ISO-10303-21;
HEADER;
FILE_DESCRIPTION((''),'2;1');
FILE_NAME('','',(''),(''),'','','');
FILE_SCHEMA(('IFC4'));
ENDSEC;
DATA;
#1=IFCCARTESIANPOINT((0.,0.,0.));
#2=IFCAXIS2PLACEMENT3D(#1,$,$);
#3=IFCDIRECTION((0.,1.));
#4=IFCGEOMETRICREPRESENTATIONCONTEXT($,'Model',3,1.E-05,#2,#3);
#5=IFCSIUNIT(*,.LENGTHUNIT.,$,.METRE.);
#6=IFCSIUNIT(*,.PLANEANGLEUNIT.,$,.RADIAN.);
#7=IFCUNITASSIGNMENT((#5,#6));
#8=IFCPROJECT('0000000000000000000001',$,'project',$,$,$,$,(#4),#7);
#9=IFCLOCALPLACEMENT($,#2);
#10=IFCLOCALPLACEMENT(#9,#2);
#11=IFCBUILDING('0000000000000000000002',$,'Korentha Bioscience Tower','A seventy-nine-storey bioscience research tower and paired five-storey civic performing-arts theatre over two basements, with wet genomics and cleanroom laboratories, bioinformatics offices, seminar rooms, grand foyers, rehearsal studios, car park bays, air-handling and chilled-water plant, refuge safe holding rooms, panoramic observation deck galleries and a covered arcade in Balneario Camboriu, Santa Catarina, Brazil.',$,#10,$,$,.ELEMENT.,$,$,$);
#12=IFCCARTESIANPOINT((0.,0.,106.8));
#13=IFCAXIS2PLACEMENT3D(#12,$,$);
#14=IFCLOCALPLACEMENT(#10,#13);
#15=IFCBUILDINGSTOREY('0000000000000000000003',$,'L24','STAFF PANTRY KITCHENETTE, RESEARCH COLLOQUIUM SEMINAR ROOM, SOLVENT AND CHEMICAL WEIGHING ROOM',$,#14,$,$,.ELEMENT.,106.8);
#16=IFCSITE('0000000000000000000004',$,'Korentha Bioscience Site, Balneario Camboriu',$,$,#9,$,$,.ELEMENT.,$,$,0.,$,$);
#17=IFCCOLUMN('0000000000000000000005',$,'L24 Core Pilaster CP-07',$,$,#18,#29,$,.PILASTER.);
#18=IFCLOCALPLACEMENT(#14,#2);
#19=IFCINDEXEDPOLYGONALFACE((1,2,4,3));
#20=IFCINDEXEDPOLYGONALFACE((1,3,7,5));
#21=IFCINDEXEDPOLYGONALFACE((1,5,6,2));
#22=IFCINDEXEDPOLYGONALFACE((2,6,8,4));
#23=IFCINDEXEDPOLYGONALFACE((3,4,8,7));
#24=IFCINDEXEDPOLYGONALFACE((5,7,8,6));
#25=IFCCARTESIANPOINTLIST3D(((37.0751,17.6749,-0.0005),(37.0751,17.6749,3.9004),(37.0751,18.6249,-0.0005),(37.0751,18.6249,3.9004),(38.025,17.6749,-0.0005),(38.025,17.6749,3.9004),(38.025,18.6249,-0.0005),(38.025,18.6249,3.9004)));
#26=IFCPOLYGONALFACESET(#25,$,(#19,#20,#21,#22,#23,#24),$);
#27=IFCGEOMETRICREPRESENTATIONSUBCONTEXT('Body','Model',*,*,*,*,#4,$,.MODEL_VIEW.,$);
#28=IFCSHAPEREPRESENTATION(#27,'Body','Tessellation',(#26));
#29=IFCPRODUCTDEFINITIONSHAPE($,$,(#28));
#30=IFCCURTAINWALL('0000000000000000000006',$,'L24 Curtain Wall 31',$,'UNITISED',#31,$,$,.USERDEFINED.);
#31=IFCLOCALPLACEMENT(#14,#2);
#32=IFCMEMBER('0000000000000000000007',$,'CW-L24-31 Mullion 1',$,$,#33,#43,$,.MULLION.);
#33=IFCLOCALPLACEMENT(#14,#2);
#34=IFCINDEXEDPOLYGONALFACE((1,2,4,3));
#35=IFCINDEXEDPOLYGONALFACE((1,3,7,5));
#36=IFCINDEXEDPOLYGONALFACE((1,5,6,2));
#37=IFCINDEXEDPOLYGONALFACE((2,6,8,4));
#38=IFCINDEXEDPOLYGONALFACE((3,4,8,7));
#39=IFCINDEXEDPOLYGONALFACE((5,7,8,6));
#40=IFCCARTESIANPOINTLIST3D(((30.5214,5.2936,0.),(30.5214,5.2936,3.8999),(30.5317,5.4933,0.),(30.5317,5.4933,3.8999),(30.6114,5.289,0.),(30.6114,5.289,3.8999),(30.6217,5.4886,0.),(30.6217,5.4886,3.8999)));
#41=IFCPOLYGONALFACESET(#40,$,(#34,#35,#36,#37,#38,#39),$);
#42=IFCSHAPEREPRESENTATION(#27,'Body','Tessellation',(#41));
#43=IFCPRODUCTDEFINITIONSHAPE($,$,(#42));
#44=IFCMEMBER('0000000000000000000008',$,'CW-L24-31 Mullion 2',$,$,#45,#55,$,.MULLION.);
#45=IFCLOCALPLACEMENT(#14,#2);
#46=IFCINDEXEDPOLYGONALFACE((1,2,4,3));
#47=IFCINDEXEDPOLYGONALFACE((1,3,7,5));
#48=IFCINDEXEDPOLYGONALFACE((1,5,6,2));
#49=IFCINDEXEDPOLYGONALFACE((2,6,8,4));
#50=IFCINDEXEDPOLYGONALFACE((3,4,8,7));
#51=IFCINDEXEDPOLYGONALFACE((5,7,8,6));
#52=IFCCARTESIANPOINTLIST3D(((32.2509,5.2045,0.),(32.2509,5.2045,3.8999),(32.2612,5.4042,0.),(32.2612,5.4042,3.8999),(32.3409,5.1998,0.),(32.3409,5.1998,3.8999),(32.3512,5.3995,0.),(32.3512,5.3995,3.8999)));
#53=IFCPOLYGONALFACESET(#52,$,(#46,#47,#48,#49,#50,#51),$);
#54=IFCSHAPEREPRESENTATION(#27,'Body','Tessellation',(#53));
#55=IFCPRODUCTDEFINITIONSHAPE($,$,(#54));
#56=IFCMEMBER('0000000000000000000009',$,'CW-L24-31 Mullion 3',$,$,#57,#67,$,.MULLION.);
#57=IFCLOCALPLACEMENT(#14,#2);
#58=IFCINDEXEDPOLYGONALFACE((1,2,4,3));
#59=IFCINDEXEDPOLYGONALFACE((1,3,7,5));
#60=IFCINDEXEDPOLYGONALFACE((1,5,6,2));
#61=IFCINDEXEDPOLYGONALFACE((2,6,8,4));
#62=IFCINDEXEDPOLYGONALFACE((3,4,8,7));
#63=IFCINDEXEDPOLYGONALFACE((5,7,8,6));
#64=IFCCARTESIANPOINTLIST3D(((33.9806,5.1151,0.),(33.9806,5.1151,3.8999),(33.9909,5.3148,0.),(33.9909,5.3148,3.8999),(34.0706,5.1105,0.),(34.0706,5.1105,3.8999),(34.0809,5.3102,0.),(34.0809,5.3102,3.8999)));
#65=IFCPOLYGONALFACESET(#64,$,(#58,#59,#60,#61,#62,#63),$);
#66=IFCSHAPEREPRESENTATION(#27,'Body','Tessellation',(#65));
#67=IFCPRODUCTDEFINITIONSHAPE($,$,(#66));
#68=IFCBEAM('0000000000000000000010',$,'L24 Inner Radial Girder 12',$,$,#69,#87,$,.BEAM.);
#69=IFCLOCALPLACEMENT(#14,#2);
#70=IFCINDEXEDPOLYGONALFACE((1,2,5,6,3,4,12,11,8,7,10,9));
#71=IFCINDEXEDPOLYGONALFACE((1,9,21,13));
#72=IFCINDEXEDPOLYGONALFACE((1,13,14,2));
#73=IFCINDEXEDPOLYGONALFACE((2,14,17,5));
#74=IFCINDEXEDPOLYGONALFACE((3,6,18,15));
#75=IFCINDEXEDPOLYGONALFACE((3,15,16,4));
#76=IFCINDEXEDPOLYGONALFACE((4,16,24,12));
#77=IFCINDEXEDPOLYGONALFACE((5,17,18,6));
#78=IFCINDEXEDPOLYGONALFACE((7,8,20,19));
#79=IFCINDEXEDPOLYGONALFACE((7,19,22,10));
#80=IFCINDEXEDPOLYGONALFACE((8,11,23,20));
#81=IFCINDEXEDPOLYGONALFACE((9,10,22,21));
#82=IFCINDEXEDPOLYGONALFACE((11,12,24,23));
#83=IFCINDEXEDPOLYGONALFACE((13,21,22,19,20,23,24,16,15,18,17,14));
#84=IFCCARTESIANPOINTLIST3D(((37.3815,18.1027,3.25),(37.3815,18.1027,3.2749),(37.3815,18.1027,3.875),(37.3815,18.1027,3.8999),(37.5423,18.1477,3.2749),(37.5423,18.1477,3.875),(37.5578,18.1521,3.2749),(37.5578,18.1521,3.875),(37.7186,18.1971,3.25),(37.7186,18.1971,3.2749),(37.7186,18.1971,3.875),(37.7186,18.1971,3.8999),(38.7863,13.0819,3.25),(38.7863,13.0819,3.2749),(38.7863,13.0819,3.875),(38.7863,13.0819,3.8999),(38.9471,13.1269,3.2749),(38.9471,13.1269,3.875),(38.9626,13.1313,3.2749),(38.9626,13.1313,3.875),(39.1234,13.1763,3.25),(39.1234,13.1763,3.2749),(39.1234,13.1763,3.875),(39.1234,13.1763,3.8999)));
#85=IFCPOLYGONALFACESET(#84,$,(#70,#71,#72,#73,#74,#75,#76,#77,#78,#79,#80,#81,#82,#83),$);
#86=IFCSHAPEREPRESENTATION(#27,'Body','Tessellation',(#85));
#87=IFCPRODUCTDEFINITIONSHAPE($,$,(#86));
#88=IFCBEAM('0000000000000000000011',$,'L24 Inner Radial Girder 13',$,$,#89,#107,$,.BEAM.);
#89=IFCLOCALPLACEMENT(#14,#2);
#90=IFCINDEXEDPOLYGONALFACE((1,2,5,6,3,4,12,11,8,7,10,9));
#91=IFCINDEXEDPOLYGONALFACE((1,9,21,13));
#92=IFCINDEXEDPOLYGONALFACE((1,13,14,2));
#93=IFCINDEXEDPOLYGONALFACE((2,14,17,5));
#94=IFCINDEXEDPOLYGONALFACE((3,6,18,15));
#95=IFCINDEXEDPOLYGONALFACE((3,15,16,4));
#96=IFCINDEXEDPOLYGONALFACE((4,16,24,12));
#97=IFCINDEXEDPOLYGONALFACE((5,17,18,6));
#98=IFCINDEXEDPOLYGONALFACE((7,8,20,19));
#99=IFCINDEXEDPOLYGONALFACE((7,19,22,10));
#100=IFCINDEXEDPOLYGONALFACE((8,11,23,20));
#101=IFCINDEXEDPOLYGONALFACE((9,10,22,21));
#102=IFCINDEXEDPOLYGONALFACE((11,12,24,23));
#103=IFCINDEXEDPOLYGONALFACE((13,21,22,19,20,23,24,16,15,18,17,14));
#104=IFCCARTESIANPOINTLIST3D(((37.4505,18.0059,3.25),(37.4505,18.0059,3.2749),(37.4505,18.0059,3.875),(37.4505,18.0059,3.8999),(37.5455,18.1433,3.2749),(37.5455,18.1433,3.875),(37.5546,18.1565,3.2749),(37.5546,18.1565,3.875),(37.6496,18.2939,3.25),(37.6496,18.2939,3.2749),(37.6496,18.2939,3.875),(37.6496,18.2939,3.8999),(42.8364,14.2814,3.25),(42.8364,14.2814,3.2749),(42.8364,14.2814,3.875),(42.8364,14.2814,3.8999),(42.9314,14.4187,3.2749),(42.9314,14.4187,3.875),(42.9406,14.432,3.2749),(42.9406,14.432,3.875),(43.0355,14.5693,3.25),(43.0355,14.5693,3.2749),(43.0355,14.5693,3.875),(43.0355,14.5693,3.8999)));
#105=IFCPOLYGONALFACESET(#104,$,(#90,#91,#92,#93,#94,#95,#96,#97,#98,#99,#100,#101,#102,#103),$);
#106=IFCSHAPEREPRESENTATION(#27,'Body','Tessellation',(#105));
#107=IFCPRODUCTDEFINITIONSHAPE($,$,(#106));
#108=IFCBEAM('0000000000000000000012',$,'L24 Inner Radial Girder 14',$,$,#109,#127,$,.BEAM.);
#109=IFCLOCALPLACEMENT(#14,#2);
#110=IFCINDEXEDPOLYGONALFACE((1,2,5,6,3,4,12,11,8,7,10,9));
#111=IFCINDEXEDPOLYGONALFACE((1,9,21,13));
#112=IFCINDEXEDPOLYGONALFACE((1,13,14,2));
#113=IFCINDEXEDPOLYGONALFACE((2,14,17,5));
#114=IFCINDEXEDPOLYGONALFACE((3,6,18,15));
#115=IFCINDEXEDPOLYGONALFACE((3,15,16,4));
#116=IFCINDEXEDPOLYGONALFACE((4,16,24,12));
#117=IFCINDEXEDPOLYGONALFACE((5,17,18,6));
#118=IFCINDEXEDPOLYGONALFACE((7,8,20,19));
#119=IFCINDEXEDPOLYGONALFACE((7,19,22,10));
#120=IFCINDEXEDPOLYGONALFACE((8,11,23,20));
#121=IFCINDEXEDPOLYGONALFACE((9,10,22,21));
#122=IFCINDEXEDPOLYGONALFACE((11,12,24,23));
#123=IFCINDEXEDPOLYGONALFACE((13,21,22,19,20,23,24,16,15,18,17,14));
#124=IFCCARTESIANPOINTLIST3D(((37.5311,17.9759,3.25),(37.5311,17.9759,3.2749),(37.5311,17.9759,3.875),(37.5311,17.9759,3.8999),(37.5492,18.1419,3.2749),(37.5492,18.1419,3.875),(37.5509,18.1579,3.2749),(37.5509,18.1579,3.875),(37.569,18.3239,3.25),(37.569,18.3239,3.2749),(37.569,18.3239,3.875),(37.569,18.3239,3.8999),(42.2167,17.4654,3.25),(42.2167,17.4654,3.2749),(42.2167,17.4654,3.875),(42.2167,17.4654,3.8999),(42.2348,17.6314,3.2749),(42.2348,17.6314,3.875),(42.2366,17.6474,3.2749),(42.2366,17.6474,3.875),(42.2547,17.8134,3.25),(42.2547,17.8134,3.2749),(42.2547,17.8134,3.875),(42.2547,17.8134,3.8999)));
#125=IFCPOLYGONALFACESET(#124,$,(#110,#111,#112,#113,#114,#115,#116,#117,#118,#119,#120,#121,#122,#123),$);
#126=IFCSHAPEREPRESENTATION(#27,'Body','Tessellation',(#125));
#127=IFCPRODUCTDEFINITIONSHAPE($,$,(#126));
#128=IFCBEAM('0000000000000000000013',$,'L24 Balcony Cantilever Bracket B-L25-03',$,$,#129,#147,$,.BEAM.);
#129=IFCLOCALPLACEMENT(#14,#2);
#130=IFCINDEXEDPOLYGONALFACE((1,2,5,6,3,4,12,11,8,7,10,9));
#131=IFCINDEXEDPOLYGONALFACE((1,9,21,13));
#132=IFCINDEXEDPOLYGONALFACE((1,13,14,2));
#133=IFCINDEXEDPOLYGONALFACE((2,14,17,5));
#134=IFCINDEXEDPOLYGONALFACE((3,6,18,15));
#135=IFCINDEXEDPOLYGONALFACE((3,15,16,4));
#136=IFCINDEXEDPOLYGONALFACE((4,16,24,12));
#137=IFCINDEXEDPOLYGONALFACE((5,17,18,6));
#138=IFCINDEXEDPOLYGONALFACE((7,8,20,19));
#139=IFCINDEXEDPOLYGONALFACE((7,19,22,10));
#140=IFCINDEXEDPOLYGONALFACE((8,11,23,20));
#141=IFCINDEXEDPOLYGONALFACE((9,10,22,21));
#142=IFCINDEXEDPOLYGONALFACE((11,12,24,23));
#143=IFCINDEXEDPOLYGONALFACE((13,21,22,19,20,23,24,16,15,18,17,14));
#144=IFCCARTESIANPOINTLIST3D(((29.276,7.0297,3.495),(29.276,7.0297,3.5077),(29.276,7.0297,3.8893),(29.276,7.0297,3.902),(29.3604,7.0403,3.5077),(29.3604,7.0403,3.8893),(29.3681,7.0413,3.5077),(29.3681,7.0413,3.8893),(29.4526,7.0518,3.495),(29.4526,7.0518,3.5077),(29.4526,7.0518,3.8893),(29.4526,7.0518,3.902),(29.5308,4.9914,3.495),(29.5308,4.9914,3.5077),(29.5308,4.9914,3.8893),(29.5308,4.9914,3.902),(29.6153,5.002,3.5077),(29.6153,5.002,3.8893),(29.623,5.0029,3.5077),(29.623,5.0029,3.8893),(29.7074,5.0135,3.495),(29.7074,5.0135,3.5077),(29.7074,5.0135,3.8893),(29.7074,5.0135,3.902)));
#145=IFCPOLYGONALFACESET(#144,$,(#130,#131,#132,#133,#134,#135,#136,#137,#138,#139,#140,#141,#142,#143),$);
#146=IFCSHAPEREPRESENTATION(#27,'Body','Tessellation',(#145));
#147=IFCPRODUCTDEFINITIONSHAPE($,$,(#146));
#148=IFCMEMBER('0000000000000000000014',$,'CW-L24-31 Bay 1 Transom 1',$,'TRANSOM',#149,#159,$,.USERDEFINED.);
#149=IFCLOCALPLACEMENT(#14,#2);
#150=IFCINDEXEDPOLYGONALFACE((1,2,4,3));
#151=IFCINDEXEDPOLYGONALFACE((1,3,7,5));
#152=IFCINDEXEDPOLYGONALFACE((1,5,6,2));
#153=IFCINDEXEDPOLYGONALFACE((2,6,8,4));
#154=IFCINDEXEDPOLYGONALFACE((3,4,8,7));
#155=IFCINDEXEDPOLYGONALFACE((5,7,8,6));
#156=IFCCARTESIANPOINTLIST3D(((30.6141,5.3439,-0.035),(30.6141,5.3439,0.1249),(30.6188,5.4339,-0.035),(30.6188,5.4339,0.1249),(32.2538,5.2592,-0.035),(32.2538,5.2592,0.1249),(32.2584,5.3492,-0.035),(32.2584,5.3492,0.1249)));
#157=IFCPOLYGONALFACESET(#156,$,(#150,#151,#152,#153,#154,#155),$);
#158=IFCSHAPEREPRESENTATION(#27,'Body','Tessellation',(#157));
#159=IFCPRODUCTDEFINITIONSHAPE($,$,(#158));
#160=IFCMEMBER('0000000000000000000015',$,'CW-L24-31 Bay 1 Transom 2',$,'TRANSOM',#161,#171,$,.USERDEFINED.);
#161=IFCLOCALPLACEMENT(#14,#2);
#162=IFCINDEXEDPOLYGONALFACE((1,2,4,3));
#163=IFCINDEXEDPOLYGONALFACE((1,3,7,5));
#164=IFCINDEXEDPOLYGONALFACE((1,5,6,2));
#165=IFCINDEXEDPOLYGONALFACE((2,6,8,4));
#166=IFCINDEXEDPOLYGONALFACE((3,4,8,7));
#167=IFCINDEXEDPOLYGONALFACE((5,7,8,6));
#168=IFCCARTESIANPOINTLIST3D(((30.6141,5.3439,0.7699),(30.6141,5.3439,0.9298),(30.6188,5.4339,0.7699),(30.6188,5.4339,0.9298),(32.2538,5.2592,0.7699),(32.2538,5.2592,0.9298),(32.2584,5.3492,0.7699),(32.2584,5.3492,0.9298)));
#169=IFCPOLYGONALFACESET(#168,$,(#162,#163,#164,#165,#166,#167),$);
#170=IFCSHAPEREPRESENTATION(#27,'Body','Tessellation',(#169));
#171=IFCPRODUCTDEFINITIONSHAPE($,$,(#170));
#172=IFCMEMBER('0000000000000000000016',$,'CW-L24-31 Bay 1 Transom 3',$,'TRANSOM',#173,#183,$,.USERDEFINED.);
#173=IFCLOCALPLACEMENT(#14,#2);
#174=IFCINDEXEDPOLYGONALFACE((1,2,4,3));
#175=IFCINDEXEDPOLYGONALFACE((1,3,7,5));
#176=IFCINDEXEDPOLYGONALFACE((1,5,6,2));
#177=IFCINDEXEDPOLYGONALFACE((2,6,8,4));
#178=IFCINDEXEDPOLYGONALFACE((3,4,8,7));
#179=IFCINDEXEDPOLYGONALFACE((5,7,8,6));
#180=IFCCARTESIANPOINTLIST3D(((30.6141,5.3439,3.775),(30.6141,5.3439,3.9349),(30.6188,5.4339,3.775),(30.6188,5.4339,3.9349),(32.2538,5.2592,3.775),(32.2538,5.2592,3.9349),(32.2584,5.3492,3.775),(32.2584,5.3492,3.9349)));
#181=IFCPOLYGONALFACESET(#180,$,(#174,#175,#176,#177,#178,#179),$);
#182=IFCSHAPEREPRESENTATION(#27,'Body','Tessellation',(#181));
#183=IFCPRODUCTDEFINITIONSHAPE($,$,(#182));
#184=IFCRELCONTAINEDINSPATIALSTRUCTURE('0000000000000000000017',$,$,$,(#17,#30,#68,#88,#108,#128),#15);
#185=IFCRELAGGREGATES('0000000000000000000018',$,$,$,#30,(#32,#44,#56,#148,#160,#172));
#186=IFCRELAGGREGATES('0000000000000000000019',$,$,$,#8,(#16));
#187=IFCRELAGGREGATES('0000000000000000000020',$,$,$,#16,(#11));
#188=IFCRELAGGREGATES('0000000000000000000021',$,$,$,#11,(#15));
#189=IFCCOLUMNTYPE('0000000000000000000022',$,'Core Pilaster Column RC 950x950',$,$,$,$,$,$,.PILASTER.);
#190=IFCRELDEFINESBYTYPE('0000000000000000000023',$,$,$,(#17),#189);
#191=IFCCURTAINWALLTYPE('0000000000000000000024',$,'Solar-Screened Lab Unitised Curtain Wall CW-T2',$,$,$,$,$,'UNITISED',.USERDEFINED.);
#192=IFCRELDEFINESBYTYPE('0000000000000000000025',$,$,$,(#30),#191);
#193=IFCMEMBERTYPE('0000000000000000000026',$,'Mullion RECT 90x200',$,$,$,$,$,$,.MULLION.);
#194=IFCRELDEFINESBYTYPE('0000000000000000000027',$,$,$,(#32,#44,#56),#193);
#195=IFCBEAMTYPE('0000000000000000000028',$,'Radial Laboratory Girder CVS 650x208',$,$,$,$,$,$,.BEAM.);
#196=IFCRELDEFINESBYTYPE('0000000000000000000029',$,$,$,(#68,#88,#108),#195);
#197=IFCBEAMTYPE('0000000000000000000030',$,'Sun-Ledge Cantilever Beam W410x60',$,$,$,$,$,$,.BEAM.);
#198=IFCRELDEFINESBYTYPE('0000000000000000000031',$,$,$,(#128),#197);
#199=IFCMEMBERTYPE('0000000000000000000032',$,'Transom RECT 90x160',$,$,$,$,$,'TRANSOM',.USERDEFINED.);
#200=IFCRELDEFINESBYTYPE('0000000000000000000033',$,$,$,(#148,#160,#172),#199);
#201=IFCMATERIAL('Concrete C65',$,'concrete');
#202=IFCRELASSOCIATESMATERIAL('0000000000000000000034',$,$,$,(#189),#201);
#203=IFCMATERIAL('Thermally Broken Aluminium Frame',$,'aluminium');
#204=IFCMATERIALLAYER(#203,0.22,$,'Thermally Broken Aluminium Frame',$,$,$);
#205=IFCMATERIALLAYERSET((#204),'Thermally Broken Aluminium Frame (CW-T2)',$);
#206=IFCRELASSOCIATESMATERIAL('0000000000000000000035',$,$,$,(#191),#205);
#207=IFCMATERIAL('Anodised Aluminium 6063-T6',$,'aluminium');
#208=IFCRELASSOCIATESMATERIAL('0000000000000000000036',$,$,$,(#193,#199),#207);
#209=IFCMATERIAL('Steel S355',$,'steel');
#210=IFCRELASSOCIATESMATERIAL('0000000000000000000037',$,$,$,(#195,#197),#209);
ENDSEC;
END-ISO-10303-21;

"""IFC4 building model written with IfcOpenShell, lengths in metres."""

from ifc_helpers import new_model, si_unit, direction, frame, origin, origin_2d, place, context, subcontext, project, spatial, rectangle, i_section, extrude, material, layer, layer_set, material_profile, profile_set, type_object, element, aggregate, save


model = new_model("IFC4")

# Units and contexts
model_context = context("Model", 3, precision=1e-05, world=origin(), true_north=direction((0.0, 1.0)))
body_context = subcontext(model_context, "Body", "Model", "MODEL_VIEW")
ifc_project = project(units=[si_unit("LENGTHUNIT", "METRE"), si_unit("PLANEANGLEUNIT", "RADIAN")], contexts=[model_context])

# Site, building, storey
site_placement = place(None, origin())
site = spatial("IfcSite", under=ifc_project, at=site_placement, Name="Korentha Bioscience Site, Balneario Camboriu", CompositionType="ELEMENT", RefElevation=0.0)
building_placement = place(site_placement, origin())
building = spatial("IfcBuilding", under=site, at=building_placement, Name="Korentha Bioscience Tower", Description="A seventy-nine-storey bioscience research tower and paired five-storey civic performing-arts theatre over two basements, with wet genomics and cleanroom laboratories, bioinformatics offices, seminar rooms, grand foyers, rehearsal studios, car park bays, air-handling and chilled-water plant, refuge safe holding rooms, panoramic observation deck galleries and a covered arcade in Balneario Camboriu, Santa Catarina, Brazil.", CompositionType="ELEMENT")
storey_placement = place(building_placement, frame((0.0, 0.0, 106.8)))
storey = spatial("IfcBuildingStorey", under=building, at=storey_placement, Name="L24", Description="STAFF PANTRY KITCHENETTE, RESEARCH COLLOQUIUM SEMINAR ROOM, SOLVENT AND CHEMICAL WEIGHING ROOM", CompositionType="ELEMENT", Elevation=106.8)

# Column
ifc_material_1 = material(Name="Concrete C65", Category="concrete")
ifc_material_profile_1 = material_profile(ifc_material_1, rectangle(XDim=0.95, YDim=0.95, at=origin_2d()), Name="Concrete C65")
ifc_profile_set_1 = profile_set([ifc_material_profile_1], Name="Concrete C65 (COL-CP09)")
column_type = type_object("IfcColumnType", Name="Core Pilaster Column RC 950x950", PredefinedType="PILASTER", material=ifc_profile_set_1)
column_placement = place(storey_placement, frame((37.55, 18.1499, -0.0005), z_axis=(0.0, 0.0, 1.0), x_axis=(1.0, 0.0, 0.0)))
element("IfcColumn", 1, at=column_placement, inside=storey, type_object=column_type, Name="L24 Core Pilaster CP-07", PredefinedType="PILASTER", context=body_context, shape_type="SweptSolid", body=[
    extrude(rectangle(XDim=0.95, YDim=0.95, at=origin_2d()), origin(), (0.0, 0.0, 1.0), 3.9009),
])

# Curtain wall, members
ifc_material_2 = material(Name="Thermally Broken Aluminium Frame", Category="aluminium")
ifc_layer_1 = layer(ifc_material_2, 0.22, Name="Thermally Broken Aluminium Frame")
ifc_layer_set_1 = layer_set([ifc_layer_1], Name="Thermally Broken Aluminium Frame (CW-T2)")
curtain_wall_type = type_object("IfcCurtainWallType", Name="Solar-Screened Lab Unitised Curtain Wall CW-T2", ElementType="UNITISED", PredefinedType="USERDEFINED", material=ifc_layer_set_1)
curtain_wall_placement = place(storey_placement, origin())
curtain_wall = element("IfcCurtainWall", 2, at=curtain_wall_placement, inside=storey, type_object=curtain_wall_type, Name="L24 Curtain Wall 31", ObjectType="UNITISED", PredefinedType="USERDEFINED")
ifc_material_3 = material(Name="Anodised Aluminium 6063-T6", Category="aluminium")
ifc_material_profile_2 = material_profile(ifc_material_3, rectangle(XDim=0.0901, YDim=0.2, at=origin_2d()), Name="Anodised Aluminium 6063-T6")
ifc_profile_set_2 = profile_set([ifc_material_profile_2], Name="Anodised Aluminium 6063-T6 (CW-MUL)")
member_type_1 = type_object("IfcMemberType", Name="Mullion RECT 90x200", PredefinedType="MULLION", material=ifc_profile_set_2)
member_1_placement = place(storey_placement, frame((30.5715, 5.3911, 0.0), z_axis=(0.0, 0.0, 1.0), x_axis=(0.998673, -0.051495, 0.0)))
member_1 = element("IfcMember", 3, at=member_1_placement, type_object=member_type_1, Name="CW-L24-31 Mullion 1", PredefinedType="MULLION", context=body_context, shape_type="SweptSolid", body=[
    extrude(rectangle(XDim=0.0901, YDim=0.2, at=origin_2d()), origin(), (0.0, 0.0, 1.0), 3.8999),
])
member_2_placement = place(storey_placement, frame((32.301, 5.302, 0.0), z_axis=(0.0, 0.0, 1.0), x_axis=(0.998673, -0.051495, 0.0)))
member_2 = element("IfcMember", 4, at=member_2_placement, type_object=member_type_1, Name="CW-L24-31 Mullion 2", PredefinedType="MULLION", context=body_context, shape_type="SweptSolid", body=[
    extrude(rectangle(XDim=0.0901, YDim=0.2, at=origin_2d()), origin(), (0.0, 0.0, 1.0), 3.8999),
])
member_3_placement = place(storey_placement, frame((34.0308, 5.2126, 0.0), z_axis=(0.0, 0.0, 1.0), x_axis=(0.998673, -0.051495, 0.0)))
member_3 = element("IfcMember", 5, at=member_3_placement, type_object=member_type_1, Name="CW-L24-31 Mullion 3", PredefinedType="MULLION", context=body_context, shape_type="SweptSolid", body=[
    extrude(rectangle(XDim=0.0901, YDim=0.2, at=origin_2d()), origin(), (0.0, 0.0, 1.0), 3.8999),
])

# Beams
ifc_material_4 = material(Name="Steel S355", Category="steel")
ifc_material_profile_3 = material_profile(ifc_material_4, i_section(OverallWidth=0.3501, OverallDepth=0.6499, WebThickness=0.0161, FlangeThickness=0.0249, at=origin_2d()), Name="Steel S355")
ifc_profile_set_3 = profile_set([ifc_material_profile_3], Name="Steel S355 (RB-650)")
beam_type_1 = type_object("IfcBeamType", Name="Radial Laboratory Girder CVS 650x208", PredefinedType="BEAM", material=ifc_profile_set_3)
beam_1_placement = place(storey_placement, frame((37.55, 18.1499, 3.575), z_axis=(0.269448, -0.963015, 0.0), x_axis=(0.963015, 0.269448, 0.0)))
element("IfcBeam", 6, at=beam_1_placement, inside=storey, type_object=beam_type_1, Name="L24 Inner Radial Girder 12", PredefinedType="BEAM", context=body_context, shape_type="SweptSolid", body=[
    extrude(i_section(OverallWidth=0.3501, OverallDepth=0.6499, WebThickness=0.0161, FlangeThickness=0.0249, at=origin_2d()), origin(), (0.0, 0.0, 1.0), 5.2136),
])
beam_2_placement = place(storey_placement, frame((37.55, 18.1499, 3.575), z_axis=(0.822489, -0.568781, 0.0), x_axis=(0.568781, 0.822489, 0.0)))
element("IfcBeam", 7, at=beam_2_placement, inside=storey, type_object=beam_type_1, Name="L24 Inner Radial Girder 13", PredefinedType="BEAM", context=body_context, shape_type="SweptSolid", body=[
    extrude(i_section(OverallWidth=0.3501, OverallDepth=0.6499, WebThickness=0.0161, FlangeThickness=0.0249, at=origin_2d()), origin(), (0.0, 0.0, 1.0), 6.5483),
])
beam_3_placement = place(storey_placement, frame((37.55, 18.1499, 3.575), z_axis=(0.994117, -0.108311, 0.0), x_axis=(0.108311, 0.994117, 0.0)))
element("IfcBeam", 8, at=beam_3_placement, inside=storey, type_object=beam_type_1, Name="L24 Inner Radial Girder 14", PredefinedType="BEAM", context=body_context, shape_type="SweptSolid", body=[
    extrude(i_section(OverallWidth=0.3501, OverallDepth=0.6499, WebThickness=0.0161, FlangeThickness=0.0249, at=origin_2d()), origin(), (0.0, 0.0, 1.0), 4.7134),
])
ifc_material_profile_4 = material_profile(ifc_material_4, i_section(OverallWidth=0.178, OverallDepth=0.407, WebThickness=0.0078, FlangeThickness=0.0127, at=origin_2d()), Name="Steel S355")
ifc_profile_set_4 = profile_set([ifc_material_profile_4], Name="Steel S355 (CB-410)")
beam_type_2 = type_object("IfcBeamType", Name="Sun-Ledge Cantilever Beam W410x60", PredefinedType="BEAM", material=ifc_profile_set_4)
beam_4_placement = place(storey_placement, frame((29.3643, 7.0408, 3.6985), z_axis=(0.124079, -0.992272, 0.0), x_axis=(0.992272, 0.124079, 0.0)))
element("IfcBeam", 9, at=beam_4_placement, inside=storey, type_object=beam_type_2, Name="L24 Balcony Cantilever Bracket B-L25-03", PredefinedType="BEAM", context=body_context, shape_type="SweptSolid", body=[
    extrude(i_section(OverallWidth=0.178, OverallDepth=0.407, WebThickness=0.0078, FlangeThickness=0.0127, at=origin_2d()), origin(), (0.0, 0.0, 1.0), 2.0542),
])

# Members
ifc_material_profile_5 = material_profile(ifc_material_3, rectangle(XDim=0.0901, YDim=0.1599, at=origin_2d()), Name="Anodised Aluminium 6063-T6")
ifc_profile_set_5 = profile_set([ifc_material_profile_5], Name="Anodised Aluminium 6063-T6 (CW-TRN)")
member_type_2 = type_object("IfcMemberType", Name="Transom RECT 90x160", ElementType="TRANSOM", PredefinedType="USERDEFINED", material=ifc_profile_set_5)
member_4_placement = place(storey_placement, frame((30.6165, 5.3889, 0.0449), z_axis=(0.998668, -0.051599, 0.0), x_axis=(0.051599, 0.998668, 0.0)))
member_4 = element("IfcMember", 10, at=member_4_placement, type_object=member_type_2, Name="CW-L24-31 Bay 1 Transom 1", ObjectType="TRANSOM", PredefinedType="USERDEFINED", context=body_context, shape_type="SweptSolid", body=[
    extrude(rectangle(XDim=0.0901, YDim=0.1599, at=origin_2d()), origin(), (0.0, 0.0, 1.0), 1.6418),
])
member_5_placement = place(storey_placement, frame((30.6165, 5.3889, 0.8499), z_axis=(0.998668, -0.051599, 0.0), x_axis=(0.051599, 0.998668, 0.0)))
member_5 = element("IfcMember", 11, at=member_5_placement, type_object=member_type_2, Name="CW-L24-31 Bay 1 Transom 2", ObjectType="TRANSOM", PredefinedType="USERDEFINED", context=body_context, shape_type="SweptSolid", body=[
    extrude(rectangle(XDim=0.0901, YDim=0.1599, at=origin_2d()), origin(), (0.0, 0.0, 1.0), 1.6418),
])
member_6_placement = place(storey_placement, frame((30.6165, 5.3889, 3.855), z_axis=(0.998668, -0.051599, 0.0), x_axis=(0.051599, 0.998668, 0.0)))
member_6 = element("IfcMember", 12, at=member_6_placement, type_object=member_type_2, Name="CW-L24-31 Bay 1 Transom 3", ObjectType="TRANSOM", PredefinedType="USERDEFINED", context=body_context, shape_type="SweptSolid", body=[
    extrude(rectangle(XDim=0.0901, YDim=0.1599, at=origin_2d()), origin(), (0.0, 0.0, 1.0), 1.6418),
])

aggregate(curtain_wall, [member_1, member_2, member_3, member_4, member_5, member_6])

save(model, "model.ifc")
